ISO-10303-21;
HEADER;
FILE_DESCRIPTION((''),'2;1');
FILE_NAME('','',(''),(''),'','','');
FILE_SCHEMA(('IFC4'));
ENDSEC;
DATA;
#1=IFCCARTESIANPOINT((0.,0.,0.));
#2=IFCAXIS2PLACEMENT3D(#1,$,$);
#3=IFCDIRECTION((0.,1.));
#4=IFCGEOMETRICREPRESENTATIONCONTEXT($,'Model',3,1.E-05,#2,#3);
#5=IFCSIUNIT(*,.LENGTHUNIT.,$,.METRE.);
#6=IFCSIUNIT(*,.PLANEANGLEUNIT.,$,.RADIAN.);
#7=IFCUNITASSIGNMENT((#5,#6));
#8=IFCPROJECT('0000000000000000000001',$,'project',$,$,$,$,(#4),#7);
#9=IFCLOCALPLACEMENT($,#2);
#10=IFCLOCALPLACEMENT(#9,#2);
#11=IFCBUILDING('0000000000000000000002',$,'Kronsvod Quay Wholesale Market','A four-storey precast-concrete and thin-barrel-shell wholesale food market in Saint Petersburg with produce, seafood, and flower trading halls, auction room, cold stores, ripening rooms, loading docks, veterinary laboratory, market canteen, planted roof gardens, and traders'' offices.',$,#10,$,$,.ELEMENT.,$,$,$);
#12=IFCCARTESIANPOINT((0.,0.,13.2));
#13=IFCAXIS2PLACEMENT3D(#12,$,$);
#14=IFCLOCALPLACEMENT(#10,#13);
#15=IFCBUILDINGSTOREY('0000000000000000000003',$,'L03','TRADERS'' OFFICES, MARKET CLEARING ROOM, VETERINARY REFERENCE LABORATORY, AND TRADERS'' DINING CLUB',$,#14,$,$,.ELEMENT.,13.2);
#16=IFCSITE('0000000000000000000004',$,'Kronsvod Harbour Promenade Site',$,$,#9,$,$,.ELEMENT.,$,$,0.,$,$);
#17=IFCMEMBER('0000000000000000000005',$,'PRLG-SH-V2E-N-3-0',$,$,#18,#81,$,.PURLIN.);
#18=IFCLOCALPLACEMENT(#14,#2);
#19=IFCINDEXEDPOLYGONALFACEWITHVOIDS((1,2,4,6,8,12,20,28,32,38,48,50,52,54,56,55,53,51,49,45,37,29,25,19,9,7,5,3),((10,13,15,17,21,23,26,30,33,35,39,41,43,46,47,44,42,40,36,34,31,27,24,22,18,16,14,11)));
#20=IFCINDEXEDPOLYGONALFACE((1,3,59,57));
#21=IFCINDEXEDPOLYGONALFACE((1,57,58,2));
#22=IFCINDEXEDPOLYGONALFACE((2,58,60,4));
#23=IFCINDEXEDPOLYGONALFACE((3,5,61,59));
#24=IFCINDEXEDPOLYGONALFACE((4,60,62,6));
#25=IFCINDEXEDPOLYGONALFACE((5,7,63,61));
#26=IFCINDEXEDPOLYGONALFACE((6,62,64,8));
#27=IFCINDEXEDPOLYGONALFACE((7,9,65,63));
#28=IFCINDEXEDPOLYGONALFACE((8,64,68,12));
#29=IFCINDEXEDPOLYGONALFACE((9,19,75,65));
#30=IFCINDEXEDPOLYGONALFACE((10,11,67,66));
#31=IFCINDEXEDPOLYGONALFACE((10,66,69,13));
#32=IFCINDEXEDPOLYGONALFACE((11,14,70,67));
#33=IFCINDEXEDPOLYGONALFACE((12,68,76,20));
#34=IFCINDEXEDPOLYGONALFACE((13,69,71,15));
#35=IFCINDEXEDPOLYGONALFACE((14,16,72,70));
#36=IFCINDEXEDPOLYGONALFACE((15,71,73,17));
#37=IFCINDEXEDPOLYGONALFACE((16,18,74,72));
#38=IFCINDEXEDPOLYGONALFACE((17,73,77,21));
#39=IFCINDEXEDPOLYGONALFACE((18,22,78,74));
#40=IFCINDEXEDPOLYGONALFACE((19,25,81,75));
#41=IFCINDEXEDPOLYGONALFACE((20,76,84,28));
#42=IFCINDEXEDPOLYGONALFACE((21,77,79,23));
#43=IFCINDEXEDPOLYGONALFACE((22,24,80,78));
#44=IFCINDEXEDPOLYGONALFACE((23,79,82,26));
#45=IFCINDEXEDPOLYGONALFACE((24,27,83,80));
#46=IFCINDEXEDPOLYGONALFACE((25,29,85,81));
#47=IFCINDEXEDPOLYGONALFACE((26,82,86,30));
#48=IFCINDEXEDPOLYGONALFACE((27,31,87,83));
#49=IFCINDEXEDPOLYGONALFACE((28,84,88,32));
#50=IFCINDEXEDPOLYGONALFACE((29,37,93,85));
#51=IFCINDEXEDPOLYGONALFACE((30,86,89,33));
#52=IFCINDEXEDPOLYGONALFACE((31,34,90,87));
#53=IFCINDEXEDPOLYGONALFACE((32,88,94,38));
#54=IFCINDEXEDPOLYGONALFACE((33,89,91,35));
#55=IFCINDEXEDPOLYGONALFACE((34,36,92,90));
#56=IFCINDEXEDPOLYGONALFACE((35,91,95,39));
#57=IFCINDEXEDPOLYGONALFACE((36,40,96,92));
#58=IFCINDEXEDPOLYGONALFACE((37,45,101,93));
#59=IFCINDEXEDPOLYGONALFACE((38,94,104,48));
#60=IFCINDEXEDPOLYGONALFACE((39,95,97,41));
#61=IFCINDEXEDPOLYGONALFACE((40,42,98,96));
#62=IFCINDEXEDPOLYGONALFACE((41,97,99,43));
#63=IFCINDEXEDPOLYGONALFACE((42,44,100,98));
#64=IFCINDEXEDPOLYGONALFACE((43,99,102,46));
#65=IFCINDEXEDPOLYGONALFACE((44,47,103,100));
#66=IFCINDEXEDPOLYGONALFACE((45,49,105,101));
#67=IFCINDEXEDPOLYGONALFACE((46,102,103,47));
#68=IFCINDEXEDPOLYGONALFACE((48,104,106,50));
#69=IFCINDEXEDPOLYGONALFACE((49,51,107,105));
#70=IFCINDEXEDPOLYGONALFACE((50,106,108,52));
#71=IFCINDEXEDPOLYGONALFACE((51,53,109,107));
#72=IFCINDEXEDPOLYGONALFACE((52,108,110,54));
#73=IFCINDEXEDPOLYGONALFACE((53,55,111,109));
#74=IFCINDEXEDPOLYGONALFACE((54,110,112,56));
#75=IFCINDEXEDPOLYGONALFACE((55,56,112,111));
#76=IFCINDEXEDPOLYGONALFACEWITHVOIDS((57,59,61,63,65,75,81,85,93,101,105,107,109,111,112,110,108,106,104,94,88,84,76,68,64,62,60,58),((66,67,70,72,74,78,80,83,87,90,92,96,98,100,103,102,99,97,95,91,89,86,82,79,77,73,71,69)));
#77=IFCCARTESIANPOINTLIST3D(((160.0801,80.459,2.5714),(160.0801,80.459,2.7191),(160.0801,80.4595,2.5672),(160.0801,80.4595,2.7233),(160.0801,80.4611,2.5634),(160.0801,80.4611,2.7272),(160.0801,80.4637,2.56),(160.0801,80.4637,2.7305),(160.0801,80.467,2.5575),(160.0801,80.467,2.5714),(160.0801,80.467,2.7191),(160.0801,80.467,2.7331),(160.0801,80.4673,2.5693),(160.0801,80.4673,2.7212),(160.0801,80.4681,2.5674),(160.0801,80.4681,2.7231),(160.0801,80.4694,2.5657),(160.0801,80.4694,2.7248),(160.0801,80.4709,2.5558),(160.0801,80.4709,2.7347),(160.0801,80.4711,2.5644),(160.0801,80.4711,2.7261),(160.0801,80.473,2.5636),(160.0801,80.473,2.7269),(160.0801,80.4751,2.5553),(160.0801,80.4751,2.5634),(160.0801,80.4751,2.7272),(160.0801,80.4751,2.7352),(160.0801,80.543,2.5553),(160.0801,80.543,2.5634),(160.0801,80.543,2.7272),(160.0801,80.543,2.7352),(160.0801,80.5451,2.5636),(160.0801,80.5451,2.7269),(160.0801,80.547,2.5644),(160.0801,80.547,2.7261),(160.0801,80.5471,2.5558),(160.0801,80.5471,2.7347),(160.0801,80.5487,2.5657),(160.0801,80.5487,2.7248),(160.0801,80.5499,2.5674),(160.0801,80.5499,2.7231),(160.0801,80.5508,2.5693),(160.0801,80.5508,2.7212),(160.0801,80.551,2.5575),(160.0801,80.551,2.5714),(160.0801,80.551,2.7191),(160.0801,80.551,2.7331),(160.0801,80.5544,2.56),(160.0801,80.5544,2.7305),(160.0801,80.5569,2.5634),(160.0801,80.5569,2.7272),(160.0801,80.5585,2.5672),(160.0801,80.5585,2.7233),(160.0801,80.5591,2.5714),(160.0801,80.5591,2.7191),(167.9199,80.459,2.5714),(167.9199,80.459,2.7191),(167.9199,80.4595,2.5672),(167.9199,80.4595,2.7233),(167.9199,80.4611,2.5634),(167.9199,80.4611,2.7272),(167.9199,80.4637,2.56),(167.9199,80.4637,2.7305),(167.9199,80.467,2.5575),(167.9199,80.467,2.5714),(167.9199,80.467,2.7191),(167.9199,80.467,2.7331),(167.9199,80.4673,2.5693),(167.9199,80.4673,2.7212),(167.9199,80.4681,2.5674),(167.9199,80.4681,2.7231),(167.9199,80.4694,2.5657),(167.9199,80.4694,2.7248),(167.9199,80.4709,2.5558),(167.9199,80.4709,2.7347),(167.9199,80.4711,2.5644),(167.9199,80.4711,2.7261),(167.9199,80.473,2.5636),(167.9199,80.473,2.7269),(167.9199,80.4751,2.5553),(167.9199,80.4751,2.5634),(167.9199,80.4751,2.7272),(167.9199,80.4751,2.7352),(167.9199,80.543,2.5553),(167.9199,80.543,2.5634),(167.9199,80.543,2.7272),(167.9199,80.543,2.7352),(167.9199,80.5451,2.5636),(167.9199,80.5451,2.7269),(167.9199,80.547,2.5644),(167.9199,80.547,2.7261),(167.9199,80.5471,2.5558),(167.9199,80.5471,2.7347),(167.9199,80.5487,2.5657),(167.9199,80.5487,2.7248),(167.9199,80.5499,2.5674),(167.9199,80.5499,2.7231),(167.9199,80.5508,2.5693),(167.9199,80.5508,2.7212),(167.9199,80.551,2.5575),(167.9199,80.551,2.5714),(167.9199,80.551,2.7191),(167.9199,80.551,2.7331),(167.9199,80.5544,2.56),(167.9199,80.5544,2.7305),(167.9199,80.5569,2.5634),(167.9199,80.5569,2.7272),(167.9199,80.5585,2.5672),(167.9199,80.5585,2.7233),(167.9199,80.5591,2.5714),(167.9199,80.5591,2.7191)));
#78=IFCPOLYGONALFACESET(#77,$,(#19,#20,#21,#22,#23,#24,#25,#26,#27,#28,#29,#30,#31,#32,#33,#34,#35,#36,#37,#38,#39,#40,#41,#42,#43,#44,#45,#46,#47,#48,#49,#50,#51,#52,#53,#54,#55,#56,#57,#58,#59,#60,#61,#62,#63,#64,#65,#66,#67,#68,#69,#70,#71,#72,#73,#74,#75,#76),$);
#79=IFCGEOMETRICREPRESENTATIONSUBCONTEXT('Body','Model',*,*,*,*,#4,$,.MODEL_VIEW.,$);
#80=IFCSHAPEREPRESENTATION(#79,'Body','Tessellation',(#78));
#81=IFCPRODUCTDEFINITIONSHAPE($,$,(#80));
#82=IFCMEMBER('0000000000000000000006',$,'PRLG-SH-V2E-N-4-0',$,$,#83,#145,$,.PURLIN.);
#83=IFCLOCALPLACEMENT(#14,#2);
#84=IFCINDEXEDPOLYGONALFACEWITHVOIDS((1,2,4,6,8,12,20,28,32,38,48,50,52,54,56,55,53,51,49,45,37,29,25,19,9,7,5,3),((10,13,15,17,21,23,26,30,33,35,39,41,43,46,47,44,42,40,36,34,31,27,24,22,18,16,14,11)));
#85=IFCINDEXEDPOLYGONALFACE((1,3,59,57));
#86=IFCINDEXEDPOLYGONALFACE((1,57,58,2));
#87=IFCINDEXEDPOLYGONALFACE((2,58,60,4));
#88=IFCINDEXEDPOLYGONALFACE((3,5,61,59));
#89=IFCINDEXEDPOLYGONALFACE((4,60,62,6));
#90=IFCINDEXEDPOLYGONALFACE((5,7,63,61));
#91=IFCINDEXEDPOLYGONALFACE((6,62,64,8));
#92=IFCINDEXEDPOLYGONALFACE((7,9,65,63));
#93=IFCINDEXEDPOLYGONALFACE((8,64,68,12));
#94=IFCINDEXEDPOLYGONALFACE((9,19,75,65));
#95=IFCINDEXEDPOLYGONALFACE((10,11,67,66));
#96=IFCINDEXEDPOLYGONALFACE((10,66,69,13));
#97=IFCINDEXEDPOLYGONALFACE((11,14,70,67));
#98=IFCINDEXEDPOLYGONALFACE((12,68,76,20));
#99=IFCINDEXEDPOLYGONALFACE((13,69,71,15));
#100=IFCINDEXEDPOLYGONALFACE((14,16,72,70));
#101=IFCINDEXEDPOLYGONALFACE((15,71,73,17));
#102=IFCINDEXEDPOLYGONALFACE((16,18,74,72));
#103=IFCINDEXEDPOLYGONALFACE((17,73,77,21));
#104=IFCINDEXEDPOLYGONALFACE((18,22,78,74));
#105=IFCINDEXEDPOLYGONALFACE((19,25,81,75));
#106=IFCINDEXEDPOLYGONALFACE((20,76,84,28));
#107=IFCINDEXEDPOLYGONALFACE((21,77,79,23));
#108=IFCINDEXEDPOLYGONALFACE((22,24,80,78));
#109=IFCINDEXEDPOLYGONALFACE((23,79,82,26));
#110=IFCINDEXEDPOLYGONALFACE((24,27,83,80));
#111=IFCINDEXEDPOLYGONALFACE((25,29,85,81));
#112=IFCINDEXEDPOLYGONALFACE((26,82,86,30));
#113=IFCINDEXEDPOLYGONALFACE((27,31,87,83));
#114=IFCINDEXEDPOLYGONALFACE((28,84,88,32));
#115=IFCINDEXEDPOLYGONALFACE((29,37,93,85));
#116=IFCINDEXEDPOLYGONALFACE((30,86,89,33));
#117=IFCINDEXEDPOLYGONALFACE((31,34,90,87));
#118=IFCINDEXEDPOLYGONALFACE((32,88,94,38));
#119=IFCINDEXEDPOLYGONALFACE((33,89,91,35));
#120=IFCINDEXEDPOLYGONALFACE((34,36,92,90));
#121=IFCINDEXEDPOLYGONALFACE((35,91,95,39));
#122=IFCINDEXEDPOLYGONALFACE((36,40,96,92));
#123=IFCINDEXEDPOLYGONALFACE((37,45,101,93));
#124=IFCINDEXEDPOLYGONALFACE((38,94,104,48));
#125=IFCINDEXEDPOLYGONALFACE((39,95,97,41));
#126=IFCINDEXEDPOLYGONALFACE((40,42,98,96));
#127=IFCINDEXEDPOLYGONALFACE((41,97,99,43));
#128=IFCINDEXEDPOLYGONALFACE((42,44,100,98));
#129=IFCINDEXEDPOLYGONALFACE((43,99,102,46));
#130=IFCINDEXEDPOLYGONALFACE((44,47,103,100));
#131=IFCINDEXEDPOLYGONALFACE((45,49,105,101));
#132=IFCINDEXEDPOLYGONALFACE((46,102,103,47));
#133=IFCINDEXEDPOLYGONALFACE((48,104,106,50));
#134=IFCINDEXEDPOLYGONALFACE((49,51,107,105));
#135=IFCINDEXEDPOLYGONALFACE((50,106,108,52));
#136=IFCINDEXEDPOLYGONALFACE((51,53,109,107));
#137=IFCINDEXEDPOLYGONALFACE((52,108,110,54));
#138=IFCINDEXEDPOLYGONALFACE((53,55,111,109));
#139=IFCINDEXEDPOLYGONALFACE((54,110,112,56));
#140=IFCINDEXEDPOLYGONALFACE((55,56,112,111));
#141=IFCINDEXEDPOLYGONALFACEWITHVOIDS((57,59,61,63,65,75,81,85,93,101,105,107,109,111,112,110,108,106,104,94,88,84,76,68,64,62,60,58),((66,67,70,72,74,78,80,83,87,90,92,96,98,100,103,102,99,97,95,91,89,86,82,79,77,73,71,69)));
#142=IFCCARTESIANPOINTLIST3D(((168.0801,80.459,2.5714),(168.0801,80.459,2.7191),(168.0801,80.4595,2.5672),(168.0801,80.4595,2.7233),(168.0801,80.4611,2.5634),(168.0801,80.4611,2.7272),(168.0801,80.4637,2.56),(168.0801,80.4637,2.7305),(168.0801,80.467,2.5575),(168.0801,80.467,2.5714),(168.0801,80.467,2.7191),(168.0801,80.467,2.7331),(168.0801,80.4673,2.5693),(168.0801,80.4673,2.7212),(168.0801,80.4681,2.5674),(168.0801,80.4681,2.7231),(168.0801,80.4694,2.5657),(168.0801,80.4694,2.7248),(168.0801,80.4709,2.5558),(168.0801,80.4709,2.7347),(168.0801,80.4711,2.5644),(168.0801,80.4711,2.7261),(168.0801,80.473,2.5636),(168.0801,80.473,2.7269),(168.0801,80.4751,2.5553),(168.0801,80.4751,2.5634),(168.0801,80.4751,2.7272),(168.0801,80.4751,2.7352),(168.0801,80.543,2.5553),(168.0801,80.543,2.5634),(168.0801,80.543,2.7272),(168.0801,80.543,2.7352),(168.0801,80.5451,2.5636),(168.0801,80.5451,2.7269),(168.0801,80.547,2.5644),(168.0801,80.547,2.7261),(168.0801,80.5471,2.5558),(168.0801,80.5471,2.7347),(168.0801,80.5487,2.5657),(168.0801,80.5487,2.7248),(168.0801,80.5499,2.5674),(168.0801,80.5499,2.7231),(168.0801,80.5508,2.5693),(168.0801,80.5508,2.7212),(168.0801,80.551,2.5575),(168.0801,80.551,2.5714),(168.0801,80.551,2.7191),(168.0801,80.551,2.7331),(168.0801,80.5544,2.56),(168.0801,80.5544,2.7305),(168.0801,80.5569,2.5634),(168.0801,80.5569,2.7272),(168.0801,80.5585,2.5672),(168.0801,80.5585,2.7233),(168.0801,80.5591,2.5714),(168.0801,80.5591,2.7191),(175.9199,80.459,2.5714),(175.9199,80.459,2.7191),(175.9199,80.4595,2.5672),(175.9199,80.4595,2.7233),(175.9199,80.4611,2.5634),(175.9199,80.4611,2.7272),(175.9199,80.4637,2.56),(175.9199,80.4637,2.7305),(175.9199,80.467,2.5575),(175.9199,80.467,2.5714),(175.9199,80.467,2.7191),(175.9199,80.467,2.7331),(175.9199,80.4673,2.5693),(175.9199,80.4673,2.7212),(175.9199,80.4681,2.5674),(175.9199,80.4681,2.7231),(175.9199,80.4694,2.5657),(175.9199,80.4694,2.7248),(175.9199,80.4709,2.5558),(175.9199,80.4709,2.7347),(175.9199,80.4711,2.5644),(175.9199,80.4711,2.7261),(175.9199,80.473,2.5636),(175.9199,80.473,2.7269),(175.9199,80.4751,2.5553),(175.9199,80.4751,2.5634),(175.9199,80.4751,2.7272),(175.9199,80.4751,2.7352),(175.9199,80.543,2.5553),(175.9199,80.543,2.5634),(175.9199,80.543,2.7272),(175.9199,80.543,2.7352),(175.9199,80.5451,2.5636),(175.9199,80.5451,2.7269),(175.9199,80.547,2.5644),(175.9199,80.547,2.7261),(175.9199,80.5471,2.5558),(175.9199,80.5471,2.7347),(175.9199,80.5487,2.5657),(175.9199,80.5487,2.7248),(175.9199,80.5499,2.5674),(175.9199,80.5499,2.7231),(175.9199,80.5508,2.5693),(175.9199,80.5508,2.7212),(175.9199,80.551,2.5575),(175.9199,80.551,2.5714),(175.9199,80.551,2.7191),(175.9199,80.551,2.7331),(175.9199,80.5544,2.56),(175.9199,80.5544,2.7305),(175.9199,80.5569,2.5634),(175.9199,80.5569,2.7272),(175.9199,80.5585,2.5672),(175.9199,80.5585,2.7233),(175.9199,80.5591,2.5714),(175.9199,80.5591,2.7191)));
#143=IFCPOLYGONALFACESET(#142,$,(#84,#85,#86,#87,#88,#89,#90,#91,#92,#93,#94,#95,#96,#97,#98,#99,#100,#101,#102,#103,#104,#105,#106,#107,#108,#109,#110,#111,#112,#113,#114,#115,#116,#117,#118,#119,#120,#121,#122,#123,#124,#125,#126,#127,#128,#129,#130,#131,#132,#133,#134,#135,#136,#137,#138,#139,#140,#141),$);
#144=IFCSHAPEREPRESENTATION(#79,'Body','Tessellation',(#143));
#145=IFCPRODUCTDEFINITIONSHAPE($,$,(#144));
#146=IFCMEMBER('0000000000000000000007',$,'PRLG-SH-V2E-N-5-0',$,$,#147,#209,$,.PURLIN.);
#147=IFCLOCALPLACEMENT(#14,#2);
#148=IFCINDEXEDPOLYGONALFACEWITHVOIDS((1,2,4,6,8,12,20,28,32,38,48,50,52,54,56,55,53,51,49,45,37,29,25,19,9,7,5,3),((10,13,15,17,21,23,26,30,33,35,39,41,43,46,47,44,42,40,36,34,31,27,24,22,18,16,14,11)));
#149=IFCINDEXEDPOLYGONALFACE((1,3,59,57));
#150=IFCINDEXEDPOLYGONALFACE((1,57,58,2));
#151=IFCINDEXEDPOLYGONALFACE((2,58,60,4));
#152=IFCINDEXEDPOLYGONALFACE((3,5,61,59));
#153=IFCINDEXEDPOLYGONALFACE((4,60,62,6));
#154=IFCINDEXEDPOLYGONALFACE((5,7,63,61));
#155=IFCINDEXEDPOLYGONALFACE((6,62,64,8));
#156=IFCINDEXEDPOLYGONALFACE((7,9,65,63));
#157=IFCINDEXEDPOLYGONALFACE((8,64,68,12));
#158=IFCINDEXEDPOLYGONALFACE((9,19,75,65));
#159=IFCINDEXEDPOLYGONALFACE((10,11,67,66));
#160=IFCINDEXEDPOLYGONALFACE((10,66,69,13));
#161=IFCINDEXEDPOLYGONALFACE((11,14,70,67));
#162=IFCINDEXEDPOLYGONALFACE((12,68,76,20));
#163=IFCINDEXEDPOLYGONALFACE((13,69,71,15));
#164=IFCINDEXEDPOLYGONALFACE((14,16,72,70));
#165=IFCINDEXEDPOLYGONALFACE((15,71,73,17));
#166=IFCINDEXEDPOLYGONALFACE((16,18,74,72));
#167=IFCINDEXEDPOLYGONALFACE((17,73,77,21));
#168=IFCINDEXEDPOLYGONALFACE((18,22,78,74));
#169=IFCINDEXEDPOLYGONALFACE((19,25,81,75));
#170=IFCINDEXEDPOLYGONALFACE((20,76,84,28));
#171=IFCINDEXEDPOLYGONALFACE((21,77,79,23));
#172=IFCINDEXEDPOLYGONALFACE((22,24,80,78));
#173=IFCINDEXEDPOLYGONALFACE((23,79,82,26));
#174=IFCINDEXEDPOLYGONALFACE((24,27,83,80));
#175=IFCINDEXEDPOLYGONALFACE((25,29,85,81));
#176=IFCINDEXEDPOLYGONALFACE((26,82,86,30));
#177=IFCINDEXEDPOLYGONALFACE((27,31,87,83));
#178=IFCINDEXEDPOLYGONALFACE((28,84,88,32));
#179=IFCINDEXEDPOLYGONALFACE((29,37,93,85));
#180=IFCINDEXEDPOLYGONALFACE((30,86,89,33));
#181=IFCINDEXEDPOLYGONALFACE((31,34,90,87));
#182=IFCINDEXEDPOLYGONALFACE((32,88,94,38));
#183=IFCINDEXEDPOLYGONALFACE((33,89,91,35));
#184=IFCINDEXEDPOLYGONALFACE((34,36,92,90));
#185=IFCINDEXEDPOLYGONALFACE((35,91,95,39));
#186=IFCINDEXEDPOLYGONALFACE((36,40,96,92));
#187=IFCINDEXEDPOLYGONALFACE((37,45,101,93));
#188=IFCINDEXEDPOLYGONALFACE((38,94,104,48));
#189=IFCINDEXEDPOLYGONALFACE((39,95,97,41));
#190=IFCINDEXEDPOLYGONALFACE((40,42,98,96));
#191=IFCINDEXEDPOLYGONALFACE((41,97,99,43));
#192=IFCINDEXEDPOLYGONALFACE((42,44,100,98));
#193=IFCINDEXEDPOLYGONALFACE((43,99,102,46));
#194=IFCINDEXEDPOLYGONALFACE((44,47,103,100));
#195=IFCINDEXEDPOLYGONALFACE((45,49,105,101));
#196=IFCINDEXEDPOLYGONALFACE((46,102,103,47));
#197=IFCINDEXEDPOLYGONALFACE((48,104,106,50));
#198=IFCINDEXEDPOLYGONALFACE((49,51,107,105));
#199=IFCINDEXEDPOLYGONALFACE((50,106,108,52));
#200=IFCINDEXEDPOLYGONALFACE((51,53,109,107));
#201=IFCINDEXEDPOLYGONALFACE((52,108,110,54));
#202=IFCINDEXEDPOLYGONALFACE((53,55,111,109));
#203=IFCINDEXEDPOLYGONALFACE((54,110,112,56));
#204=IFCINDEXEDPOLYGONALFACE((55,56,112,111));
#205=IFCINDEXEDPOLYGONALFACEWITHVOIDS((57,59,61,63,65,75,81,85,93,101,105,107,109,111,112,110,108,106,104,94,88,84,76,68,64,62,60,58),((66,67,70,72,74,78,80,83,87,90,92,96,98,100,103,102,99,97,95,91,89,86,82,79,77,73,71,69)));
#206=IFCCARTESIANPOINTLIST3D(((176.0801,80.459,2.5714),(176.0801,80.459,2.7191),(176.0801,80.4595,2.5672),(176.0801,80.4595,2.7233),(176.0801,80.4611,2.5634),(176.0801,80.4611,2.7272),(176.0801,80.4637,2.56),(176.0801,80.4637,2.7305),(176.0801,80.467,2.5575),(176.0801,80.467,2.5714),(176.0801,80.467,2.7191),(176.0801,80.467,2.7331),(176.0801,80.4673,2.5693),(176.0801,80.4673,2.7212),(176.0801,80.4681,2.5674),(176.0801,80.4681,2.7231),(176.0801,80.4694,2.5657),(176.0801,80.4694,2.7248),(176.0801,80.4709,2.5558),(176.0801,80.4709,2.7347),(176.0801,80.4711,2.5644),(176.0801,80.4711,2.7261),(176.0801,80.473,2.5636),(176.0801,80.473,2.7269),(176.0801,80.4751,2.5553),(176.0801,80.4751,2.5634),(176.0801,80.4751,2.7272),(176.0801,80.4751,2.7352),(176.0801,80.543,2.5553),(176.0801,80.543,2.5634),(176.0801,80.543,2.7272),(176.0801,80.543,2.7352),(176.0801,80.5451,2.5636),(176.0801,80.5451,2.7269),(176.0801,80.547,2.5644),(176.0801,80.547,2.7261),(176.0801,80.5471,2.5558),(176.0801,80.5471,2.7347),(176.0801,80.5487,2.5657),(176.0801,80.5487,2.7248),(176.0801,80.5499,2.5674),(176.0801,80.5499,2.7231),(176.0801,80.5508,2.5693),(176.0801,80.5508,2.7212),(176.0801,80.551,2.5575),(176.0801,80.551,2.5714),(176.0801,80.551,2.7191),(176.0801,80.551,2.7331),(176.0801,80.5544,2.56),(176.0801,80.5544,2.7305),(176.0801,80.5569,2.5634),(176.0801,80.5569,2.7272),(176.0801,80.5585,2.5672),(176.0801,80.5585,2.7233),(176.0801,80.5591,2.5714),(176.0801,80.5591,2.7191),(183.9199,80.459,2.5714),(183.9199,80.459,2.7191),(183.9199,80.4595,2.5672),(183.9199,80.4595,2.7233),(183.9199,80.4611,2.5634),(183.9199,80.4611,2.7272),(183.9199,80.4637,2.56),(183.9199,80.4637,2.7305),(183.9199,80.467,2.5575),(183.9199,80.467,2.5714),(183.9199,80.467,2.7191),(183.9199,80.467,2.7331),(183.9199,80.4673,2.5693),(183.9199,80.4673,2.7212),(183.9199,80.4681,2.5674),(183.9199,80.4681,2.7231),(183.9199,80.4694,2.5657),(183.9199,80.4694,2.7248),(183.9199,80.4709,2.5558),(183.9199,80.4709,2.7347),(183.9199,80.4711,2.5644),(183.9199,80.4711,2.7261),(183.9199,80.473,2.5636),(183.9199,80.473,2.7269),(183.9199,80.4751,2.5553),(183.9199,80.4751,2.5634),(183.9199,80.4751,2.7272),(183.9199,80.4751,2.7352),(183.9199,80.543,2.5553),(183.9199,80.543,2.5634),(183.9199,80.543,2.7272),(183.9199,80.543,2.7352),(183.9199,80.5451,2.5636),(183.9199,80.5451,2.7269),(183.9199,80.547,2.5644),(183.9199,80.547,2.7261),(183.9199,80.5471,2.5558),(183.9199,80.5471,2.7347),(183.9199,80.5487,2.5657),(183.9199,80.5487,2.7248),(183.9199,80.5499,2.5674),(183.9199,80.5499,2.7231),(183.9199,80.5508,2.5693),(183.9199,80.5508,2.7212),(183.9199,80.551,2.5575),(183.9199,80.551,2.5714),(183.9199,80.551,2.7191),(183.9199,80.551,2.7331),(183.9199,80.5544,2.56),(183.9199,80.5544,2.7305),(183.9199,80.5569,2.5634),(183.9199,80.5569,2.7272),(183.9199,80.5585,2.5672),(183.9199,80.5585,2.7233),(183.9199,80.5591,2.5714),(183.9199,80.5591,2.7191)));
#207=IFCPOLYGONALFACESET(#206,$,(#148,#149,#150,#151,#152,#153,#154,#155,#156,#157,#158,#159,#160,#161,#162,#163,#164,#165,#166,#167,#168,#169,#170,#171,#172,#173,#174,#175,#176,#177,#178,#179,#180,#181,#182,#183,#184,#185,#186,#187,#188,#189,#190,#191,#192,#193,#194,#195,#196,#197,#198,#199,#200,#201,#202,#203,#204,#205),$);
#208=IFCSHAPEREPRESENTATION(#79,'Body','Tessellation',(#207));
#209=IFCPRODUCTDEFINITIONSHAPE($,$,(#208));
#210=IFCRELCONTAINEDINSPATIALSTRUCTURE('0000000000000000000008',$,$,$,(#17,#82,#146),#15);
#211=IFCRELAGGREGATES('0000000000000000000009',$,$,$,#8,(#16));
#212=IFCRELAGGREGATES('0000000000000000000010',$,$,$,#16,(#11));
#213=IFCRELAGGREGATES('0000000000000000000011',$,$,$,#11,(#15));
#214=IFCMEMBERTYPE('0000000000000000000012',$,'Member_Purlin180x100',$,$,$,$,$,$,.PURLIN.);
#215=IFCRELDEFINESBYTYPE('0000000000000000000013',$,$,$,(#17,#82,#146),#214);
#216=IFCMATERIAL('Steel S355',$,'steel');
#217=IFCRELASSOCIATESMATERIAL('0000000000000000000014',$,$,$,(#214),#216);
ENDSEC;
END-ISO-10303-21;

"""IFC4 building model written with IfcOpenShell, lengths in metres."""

from ifc_helpers import new_model, si_unit, direction, frame, origin, origin_2d, place, context, subcontext, project, spatial, hollow_rectangle, extrude, material, material_profile, profile_set, type_object, element, save


model = new_model("IFC4")

# Units and contexts
model_context = context("Model", 3, precision=1e-05, world=origin(), true_north=direction((0.0, 1.0)))
body_context = subcontext(model_context, "Body", "Model", "MODEL_VIEW")
ifc_project = project(units=[si_unit("LENGTHUNIT", "METRE"), si_unit("PLANEANGLEUNIT", "RADIAN")], contexts=[model_context])

# Site, building, storey
site_placement = place(None, origin())
site = spatial("IfcSite", under=ifc_project, at=site_placement, Name="Kronsvod Harbour Promenade Site", CompositionType="ELEMENT", RefElevation=0.0)
building_placement = place(site_placement, origin())
building = spatial("IfcBuilding", under=site, at=building_placement, Name="Kronsvod Quay Wholesale Market", Description="A four-storey precast-concrete and thin-barrel-shell wholesale food market in Saint Petersburg with produce, seafood, and flower trading halls, auction room, cold stores, ripening rooms, loading docks, veterinary laboratory, market canteen, planted roof gardens, and traders' offices.", CompositionType="ELEMENT")
storey_placement = place(building_placement, frame((0.0, 0.0, 13.2)))
storey = spatial("IfcBuildingStorey", under=building, at=storey_placement, Name="L03", Description="TRADERS' OFFICES, MARKET CLEARING ROOM, VETERINARY REFERENCE LABORATORY, AND TRADERS' DINING CLUB", CompositionType="ELEMENT", Elevation=13.2)

# Members
ifc_material_1 = material(Name="Steel S355", Category="steel")
ifc_material_profile_1 = material_profile(ifc_material_1, hollow_rectangle(XDim=0.1001, YDim=0.1799, WallThickness=0.0081, InnerFilletRadius=0.0081, OuterFilletRadius=0.0161, at=origin_2d()), Name="RHS180x100x8")
ifc_profile_set_1 = profile_set([ifc_material_profile_1], Name="Steel S355")
member_type_1 = type_object("IfcMemberType", Name="Member_Purlin180x100", PredefinedType="PURLIN", material=ifc_profile_set_1)
for number, where, z_axis, x_axis, name in (
    (1, (160.0801, 80.509, 2.6453), (1.0, 0.0, 0.0), (0.0, 1.0, 0.0), "PRLG-SH-V2E-N-3-0"),
    (2, (168.0801, 80.509, 2.6453), (1.0, 0.0, 0.0), (0.0, 1.0, 0.0), "PRLG-SH-V2E-N-4-0"),
    (3, (176.0801, 80.509, 2.6453), (1.0, 0.0, 0.0), (0.0, 1.0, 0.0), "PRLG-SH-V2E-N-5-0"),
):
    element("IfcMember", number, at=place(storey_placement, frame(where, z_axis=z_axis, x_axis=x_axis)), inside=storey, type_object=member_type_1, Name=name, PredefinedType="PURLIN", context=body_context, shape_type="SweptSolid", body=[
        extrude(hollow_rectangle(XDim=0.1001, YDim=0.1799, WallThickness=0.0081, InnerFilletRadius=0.0081, OuterFilletRadius=0.0161, at=origin_2d()), origin(), (0.0, 0.0, 1.0), 7.8398),
    ])

save(model, "model.ifc")
